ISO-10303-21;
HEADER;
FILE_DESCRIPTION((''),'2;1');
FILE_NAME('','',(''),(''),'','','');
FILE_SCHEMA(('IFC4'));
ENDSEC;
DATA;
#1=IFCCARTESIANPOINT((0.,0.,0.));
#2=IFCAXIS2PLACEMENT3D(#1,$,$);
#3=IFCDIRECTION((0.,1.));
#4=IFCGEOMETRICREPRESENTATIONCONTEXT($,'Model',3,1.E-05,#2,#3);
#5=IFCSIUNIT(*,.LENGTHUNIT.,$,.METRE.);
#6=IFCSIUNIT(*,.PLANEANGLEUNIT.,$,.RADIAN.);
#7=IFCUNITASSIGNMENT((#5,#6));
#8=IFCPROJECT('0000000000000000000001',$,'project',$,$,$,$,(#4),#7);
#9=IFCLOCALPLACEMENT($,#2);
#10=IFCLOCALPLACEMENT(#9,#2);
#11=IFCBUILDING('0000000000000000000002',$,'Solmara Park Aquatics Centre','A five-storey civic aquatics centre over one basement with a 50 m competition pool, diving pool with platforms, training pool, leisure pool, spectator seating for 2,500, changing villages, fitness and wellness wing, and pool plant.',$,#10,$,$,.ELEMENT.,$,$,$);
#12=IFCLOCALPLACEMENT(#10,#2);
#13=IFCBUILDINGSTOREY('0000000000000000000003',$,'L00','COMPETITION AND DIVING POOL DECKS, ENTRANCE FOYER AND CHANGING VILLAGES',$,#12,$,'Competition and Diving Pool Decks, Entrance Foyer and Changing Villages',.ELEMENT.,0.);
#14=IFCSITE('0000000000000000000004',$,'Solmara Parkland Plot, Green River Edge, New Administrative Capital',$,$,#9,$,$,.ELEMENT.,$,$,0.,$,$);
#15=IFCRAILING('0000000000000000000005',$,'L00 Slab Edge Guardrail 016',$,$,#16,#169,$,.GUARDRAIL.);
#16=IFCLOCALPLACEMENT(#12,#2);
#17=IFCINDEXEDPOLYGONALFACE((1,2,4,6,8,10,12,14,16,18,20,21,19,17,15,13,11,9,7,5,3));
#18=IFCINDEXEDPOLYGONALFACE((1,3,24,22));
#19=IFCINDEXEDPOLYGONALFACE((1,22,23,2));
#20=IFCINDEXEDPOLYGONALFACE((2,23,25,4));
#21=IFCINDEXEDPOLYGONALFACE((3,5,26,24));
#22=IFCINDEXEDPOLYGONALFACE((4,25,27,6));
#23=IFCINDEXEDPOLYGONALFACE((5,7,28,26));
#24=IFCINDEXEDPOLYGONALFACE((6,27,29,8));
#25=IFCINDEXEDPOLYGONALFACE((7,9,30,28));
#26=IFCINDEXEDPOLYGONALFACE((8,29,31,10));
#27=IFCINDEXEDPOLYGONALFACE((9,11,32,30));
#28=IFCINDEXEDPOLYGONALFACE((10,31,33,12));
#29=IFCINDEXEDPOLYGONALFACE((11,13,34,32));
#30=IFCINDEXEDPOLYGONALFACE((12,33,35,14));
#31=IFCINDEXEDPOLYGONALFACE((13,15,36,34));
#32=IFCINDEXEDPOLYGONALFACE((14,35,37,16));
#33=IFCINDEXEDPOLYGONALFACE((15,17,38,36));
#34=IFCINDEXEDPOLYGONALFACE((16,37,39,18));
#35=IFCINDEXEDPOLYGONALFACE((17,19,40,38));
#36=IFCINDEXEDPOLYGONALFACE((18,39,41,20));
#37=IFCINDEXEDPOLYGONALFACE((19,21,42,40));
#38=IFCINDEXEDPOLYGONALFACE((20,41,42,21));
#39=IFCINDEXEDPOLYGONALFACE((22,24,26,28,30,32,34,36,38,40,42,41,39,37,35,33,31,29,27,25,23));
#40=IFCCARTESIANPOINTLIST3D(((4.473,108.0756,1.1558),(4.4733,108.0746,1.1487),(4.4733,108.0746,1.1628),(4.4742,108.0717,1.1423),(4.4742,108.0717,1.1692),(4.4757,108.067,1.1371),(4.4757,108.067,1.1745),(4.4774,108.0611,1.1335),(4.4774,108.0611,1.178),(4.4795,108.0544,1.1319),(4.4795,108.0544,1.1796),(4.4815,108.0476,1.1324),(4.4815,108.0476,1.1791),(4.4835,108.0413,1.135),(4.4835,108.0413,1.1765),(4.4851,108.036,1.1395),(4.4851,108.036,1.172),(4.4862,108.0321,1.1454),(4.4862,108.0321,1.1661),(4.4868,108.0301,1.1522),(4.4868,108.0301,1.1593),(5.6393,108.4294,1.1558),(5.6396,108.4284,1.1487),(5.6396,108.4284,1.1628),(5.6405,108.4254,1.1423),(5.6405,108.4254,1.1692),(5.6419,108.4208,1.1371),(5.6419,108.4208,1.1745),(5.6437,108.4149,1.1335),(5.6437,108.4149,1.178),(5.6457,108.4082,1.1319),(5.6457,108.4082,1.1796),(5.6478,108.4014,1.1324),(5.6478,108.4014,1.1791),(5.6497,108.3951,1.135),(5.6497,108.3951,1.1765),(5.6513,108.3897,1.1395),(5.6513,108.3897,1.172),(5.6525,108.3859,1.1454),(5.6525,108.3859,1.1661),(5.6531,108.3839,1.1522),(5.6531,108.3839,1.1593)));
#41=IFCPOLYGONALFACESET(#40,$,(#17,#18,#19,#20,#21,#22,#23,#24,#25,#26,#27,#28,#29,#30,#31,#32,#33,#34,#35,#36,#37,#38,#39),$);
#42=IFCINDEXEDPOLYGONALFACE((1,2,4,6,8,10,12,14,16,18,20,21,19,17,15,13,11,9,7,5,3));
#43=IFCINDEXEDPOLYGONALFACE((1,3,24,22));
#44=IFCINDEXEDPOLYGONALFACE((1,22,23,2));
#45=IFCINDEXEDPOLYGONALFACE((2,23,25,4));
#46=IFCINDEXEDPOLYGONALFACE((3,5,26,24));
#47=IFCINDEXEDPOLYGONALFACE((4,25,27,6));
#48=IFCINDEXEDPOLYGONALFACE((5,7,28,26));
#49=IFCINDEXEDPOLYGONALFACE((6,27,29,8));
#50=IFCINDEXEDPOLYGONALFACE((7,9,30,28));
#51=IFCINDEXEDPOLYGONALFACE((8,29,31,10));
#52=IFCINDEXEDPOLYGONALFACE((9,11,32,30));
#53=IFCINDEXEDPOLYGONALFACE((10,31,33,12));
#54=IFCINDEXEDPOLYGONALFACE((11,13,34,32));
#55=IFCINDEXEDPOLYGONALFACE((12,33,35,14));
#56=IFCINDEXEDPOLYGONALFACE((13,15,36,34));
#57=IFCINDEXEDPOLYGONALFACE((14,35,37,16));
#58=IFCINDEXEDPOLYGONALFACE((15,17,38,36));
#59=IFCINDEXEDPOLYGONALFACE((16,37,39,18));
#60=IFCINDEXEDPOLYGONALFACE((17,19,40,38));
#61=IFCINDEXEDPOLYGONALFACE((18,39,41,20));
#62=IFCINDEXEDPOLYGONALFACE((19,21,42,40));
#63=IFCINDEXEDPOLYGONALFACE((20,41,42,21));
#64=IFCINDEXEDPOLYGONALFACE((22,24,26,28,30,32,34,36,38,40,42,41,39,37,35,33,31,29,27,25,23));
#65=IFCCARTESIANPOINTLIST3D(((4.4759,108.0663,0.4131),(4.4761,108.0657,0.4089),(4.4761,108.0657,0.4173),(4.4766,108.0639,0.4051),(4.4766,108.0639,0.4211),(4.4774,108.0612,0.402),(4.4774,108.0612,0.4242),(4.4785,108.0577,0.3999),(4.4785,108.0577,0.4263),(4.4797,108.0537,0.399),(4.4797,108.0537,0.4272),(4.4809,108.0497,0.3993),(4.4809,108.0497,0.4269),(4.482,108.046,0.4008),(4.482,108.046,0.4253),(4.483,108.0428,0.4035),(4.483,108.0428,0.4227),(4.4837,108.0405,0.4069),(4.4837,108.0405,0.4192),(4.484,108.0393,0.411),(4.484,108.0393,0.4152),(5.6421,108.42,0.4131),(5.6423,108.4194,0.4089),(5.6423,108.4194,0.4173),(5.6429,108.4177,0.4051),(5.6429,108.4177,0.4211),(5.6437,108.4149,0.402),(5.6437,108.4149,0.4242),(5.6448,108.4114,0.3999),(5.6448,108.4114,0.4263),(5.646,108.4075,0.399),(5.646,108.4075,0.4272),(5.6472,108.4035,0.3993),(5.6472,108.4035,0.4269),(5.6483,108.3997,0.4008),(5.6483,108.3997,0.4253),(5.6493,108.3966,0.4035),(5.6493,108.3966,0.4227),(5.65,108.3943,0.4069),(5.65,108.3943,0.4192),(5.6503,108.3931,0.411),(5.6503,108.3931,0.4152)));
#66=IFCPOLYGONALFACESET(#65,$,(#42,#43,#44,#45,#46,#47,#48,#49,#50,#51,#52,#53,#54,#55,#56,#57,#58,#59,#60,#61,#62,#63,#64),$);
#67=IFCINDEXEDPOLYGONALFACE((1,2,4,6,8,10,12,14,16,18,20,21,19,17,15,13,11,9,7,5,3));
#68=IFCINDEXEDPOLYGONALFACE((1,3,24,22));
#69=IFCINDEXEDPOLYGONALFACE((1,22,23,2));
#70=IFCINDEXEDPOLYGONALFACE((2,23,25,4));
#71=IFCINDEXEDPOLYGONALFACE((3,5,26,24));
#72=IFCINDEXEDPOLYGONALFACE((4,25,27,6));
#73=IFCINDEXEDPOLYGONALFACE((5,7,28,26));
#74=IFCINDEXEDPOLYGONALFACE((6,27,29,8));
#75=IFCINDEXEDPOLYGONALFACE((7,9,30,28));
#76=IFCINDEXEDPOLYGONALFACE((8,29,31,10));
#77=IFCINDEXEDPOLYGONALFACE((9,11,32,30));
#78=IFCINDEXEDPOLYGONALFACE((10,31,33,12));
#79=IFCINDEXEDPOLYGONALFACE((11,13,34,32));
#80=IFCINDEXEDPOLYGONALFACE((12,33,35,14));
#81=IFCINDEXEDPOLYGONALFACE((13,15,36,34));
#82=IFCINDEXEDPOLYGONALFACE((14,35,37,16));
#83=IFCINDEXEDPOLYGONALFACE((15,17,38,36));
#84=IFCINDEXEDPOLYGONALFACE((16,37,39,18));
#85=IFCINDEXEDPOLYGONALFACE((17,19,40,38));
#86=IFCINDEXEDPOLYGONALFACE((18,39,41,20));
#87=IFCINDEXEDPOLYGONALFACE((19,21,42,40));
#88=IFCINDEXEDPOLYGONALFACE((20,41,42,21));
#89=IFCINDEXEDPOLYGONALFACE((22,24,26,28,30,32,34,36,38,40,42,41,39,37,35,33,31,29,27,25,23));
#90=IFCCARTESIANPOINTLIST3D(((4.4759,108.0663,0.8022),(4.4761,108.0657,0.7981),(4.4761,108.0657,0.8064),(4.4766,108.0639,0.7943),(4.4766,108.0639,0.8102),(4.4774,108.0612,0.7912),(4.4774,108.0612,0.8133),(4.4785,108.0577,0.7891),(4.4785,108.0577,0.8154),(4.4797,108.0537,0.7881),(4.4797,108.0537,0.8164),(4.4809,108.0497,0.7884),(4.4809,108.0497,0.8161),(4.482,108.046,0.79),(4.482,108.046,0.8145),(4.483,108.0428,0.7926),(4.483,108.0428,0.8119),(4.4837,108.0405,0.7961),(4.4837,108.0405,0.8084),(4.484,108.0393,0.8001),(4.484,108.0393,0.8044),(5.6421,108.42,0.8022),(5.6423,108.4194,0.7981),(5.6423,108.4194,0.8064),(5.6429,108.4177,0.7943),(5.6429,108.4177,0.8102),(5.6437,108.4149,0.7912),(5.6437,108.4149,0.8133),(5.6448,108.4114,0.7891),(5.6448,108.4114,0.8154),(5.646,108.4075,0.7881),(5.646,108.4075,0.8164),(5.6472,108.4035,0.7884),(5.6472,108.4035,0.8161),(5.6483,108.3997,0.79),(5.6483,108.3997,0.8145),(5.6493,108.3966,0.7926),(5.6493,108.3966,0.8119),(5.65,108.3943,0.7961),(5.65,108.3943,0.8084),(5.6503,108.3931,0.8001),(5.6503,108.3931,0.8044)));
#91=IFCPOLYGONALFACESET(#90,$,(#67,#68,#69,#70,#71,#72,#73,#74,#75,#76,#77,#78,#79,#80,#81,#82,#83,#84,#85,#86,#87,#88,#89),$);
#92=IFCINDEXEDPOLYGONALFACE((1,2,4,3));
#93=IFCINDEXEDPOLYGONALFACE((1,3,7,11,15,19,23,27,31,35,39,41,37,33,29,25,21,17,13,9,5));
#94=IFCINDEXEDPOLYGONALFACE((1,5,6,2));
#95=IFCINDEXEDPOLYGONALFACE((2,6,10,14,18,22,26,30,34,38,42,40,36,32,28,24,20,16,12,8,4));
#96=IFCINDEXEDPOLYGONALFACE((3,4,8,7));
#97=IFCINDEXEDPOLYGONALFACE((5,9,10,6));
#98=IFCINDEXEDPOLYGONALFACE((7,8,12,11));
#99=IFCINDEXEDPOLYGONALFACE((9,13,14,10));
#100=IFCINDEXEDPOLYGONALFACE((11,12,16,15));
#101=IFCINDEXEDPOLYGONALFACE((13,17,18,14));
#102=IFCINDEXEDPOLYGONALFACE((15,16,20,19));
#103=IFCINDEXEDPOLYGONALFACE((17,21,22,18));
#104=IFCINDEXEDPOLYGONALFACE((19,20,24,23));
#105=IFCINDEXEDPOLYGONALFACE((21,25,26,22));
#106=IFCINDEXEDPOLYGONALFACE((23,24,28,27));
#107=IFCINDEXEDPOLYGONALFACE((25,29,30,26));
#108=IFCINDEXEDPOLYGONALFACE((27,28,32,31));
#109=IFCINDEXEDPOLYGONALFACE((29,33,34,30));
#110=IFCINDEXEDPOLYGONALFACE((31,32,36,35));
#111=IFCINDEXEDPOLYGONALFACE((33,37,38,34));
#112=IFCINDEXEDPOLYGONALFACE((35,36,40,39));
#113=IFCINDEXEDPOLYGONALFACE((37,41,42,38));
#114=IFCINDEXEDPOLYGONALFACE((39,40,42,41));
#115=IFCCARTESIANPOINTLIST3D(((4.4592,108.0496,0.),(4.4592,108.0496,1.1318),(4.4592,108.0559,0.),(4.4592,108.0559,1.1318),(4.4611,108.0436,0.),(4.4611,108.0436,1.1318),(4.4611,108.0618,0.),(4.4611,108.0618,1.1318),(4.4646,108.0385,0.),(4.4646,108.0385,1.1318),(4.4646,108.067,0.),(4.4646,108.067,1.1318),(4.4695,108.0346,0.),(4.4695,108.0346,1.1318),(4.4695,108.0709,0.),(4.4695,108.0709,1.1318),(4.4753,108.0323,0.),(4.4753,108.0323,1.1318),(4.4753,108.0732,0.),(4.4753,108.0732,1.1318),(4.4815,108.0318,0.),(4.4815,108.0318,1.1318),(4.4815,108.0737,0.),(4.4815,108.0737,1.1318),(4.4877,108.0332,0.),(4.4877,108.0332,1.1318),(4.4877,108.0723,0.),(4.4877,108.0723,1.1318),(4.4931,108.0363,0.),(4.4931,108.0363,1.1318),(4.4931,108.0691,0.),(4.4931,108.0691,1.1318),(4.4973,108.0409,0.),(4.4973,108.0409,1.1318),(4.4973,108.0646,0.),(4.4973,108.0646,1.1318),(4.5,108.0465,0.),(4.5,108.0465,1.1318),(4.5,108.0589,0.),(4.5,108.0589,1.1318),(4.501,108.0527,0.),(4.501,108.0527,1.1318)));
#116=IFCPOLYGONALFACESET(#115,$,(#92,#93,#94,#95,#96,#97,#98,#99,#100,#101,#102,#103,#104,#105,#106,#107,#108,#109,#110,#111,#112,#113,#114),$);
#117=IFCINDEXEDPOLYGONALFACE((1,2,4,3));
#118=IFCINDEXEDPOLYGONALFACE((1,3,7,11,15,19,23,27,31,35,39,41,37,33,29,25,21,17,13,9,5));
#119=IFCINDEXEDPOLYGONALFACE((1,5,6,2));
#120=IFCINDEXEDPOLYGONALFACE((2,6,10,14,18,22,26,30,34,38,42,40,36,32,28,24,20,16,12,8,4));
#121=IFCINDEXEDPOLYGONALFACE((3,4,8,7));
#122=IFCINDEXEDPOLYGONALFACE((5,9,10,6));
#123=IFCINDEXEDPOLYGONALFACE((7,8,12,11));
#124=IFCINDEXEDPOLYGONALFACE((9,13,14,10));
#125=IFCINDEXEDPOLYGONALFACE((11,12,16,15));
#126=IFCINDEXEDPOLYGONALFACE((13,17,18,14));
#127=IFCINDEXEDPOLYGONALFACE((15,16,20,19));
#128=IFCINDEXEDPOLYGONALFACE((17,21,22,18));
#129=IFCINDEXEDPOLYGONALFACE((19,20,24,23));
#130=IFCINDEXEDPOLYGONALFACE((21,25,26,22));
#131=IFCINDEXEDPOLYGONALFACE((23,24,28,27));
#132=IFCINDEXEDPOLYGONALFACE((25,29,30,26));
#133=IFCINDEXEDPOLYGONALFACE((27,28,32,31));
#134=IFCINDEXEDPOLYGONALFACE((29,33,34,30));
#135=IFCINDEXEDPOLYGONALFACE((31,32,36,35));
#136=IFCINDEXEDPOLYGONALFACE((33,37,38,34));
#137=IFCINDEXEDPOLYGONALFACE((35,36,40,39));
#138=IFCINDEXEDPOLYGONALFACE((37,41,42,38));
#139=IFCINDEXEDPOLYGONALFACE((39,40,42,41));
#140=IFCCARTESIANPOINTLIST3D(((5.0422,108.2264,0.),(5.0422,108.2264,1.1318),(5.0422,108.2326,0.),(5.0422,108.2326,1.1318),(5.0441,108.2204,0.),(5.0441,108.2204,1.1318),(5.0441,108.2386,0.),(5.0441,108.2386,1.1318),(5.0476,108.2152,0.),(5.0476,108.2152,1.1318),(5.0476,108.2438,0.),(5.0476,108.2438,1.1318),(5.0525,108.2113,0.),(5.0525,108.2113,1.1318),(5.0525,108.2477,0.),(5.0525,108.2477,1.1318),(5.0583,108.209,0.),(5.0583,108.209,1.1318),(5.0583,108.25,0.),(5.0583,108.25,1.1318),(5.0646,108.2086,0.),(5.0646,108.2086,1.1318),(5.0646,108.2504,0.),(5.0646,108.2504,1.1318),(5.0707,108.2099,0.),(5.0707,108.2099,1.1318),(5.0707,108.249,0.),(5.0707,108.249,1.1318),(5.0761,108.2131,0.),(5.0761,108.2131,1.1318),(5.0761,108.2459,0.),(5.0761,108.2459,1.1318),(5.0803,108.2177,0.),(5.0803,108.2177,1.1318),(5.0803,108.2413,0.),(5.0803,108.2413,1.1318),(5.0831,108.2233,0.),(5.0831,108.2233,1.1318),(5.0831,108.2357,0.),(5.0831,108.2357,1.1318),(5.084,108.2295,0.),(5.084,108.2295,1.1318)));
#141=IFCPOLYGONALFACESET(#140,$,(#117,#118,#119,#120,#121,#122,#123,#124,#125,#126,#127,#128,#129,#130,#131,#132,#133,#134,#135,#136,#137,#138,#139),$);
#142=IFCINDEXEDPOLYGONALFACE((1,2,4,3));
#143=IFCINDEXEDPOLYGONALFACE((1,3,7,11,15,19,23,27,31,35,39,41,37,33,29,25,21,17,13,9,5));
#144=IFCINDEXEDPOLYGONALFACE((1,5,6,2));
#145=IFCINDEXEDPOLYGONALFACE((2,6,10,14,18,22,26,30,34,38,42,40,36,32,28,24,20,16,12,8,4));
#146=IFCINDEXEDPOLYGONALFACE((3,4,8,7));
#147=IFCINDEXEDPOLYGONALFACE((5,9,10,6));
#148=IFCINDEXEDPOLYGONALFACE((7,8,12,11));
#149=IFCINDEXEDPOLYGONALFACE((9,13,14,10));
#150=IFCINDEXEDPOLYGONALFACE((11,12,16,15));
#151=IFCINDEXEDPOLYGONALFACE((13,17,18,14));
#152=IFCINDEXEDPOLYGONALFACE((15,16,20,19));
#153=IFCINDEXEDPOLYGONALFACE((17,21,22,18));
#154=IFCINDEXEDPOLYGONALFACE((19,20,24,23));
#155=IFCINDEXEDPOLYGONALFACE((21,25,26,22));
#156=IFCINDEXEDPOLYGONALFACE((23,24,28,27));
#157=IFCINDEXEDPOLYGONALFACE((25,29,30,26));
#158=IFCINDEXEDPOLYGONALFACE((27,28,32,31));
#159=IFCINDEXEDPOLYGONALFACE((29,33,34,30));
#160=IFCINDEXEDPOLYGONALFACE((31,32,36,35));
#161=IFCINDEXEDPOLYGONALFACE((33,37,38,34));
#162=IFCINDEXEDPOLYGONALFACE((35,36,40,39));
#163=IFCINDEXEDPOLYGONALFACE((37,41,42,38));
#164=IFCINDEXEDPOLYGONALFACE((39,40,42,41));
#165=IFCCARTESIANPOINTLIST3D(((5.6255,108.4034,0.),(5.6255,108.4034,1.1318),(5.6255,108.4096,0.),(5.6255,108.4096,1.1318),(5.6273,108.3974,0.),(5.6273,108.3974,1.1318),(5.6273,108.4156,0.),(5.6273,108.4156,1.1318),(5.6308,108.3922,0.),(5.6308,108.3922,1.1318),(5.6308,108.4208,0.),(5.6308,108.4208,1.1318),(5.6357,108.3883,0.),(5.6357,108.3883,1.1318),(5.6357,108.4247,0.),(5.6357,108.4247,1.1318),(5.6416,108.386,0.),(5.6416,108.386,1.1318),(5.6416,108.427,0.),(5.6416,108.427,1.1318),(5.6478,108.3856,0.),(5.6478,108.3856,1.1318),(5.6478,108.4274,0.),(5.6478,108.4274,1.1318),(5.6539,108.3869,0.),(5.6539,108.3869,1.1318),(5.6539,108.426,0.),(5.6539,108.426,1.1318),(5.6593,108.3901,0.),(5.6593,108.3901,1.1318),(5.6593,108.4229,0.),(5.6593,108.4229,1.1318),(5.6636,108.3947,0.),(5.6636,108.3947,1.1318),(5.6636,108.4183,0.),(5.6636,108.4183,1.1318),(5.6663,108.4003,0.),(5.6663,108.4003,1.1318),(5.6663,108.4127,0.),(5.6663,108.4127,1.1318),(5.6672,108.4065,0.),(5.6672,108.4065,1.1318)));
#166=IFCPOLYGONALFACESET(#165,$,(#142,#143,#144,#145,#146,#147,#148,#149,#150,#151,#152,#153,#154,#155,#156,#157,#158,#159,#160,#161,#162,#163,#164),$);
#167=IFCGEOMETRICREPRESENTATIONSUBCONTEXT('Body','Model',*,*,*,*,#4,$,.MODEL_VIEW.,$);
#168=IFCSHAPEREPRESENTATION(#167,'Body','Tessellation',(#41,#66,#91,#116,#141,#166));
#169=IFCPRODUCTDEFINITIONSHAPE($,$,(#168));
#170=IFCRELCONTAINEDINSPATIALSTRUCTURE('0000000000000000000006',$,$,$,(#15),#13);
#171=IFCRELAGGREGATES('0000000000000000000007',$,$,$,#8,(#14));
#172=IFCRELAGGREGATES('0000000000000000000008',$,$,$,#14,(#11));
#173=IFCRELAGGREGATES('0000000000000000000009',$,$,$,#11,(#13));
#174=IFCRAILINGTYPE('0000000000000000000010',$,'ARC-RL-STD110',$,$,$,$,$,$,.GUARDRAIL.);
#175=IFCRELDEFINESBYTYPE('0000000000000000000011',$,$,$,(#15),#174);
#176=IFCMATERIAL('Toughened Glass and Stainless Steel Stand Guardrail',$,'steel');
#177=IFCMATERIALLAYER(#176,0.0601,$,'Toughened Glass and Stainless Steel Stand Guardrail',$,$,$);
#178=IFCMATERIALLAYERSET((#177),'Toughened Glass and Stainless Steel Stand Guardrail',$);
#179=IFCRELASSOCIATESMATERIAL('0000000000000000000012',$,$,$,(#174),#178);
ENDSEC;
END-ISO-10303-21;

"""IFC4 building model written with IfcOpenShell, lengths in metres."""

from ifc_helpers import new_model, si_unit, direction, frame, origin, origin_2d, place, context, subcontext, project, spatial, circle, extrude, material, layer, layer_set, type_object, element, save


model = new_model("IFC4")

# Units and contexts
model_context = context("Model", 3, precision=1e-05, world=origin(), true_north=direction((0.0, 1.0)))
body_context = subcontext(model_context, "Body", "Model", "MODEL_VIEW")
ifc_project = project(units=[si_unit("LENGTHUNIT", "METRE"), si_unit("PLANEANGLEUNIT", "RADIAN")], contexts=[model_context])

# Site, building, storey
site_placement = place(None, origin())
site = spatial("IfcSite", under=ifc_project, at=site_placement, Name="Solmara Parkland Plot, Green River Edge, New Administrative Capital", CompositionType="ELEMENT", RefElevation=0.0)
building_placement = place(site_placement, origin())
building = spatial("IfcBuilding", under=site, at=building_placement, Name="Solmara Park Aquatics Centre", Description="A five-storey civic aquatics centre over one basement with a 50 m competition pool, diving pool with platforms, training pool, leisure pool, spectator seating for 2,500, changing villages, fitness and wellness wing, and pool plant.", CompositionType="ELEMENT")
storey_placement = place(building_placement, origin())
storey = spatial("IfcBuildingStorey", under=building, at=storey_placement, Name="L00", Description="COMPETITION AND DIVING POOL DECKS, ENTRANCE FOYER AND CHANGING VILLAGES", LongName="Competition and Diving Pool Decks, Entrance Foyer and Changing Villages", CompositionType="ELEMENT", Elevation=0.0)

# Railing
ifc_material_1 = material(Name="Toughened Glass and Stainless Steel Stand Guardrail", Category="steel")
ifc_layer_1 = layer(ifc_material_1, 0.0601, Name="Toughened Glass and Stainless Steel Stand Guardrail")
ifc_layer_set_1 = layer_set([ifc_layer_1], Name="Toughened Glass and Stainless Steel Stand Guardrail")
railing_type = type_object("IfcRailingType", Name="ARC-RL-STD110", PredefinedType="GUARDRAIL", material=ifc_layer_set_1)
railing_1_placement = place(storey_placement, frame((4.48, 108.0527, 0.0)))
element("IfcRailing", 1, at=railing_1_placement, inside=storey, type_object=railing_type, Name="L00 Slab Edge Guardrail 016", PredefinedType="GUARDRAIL", context=body_context, shape_type="SweptSolid", body=[
    extrude(circle(Radius=0.0239, at=origin_2d()), frame((0.0, 0.0, 1.1558), z_axis=(0.956945, 0.290269, 0.0), x_axis=(-0.290269, 0.956945, 0.0)), (0.0, 0.0, 1.0), 1.2188),
    extrude(circle(Radius=0.0142, at=origin_2d()), frame((0.0, 0.0, 0.4131), z_axis=(0.956945, 0.290269, 0.0), x_axis=(-0.290269, 0.956945, 0.0)), (0.0, 0.0, 1.0), 1.2188),
    extrude(circle(Radius=0.0142, at=origin_2d()), frame((0.0, 0.0, 0.8022), z_axis=(0.956945, 0.290269, 0.0), x_axis=(-0.290269, 0.956945, 0.0)), (0.0, 0.0, 1.0), 1.2188),
    extrude(circle(Radius=0.021, at=origin_2d()), origin(), (0.0, 0.0, 1.0), 1.1318),
    extrude(circle(Radius=0.021, at=origin_2d()), frame((0.583, 0.1768, 0.0)), (0.0, 0.0, 1.0), 1.1318),
    extrude(circle(Radius=0.021, at=origin_2d()), frame((1.1663, 0.3538, 0.0)), (0.0, 0.0, 1.0), 1.1318),
])

save(model, "model.ifc")
